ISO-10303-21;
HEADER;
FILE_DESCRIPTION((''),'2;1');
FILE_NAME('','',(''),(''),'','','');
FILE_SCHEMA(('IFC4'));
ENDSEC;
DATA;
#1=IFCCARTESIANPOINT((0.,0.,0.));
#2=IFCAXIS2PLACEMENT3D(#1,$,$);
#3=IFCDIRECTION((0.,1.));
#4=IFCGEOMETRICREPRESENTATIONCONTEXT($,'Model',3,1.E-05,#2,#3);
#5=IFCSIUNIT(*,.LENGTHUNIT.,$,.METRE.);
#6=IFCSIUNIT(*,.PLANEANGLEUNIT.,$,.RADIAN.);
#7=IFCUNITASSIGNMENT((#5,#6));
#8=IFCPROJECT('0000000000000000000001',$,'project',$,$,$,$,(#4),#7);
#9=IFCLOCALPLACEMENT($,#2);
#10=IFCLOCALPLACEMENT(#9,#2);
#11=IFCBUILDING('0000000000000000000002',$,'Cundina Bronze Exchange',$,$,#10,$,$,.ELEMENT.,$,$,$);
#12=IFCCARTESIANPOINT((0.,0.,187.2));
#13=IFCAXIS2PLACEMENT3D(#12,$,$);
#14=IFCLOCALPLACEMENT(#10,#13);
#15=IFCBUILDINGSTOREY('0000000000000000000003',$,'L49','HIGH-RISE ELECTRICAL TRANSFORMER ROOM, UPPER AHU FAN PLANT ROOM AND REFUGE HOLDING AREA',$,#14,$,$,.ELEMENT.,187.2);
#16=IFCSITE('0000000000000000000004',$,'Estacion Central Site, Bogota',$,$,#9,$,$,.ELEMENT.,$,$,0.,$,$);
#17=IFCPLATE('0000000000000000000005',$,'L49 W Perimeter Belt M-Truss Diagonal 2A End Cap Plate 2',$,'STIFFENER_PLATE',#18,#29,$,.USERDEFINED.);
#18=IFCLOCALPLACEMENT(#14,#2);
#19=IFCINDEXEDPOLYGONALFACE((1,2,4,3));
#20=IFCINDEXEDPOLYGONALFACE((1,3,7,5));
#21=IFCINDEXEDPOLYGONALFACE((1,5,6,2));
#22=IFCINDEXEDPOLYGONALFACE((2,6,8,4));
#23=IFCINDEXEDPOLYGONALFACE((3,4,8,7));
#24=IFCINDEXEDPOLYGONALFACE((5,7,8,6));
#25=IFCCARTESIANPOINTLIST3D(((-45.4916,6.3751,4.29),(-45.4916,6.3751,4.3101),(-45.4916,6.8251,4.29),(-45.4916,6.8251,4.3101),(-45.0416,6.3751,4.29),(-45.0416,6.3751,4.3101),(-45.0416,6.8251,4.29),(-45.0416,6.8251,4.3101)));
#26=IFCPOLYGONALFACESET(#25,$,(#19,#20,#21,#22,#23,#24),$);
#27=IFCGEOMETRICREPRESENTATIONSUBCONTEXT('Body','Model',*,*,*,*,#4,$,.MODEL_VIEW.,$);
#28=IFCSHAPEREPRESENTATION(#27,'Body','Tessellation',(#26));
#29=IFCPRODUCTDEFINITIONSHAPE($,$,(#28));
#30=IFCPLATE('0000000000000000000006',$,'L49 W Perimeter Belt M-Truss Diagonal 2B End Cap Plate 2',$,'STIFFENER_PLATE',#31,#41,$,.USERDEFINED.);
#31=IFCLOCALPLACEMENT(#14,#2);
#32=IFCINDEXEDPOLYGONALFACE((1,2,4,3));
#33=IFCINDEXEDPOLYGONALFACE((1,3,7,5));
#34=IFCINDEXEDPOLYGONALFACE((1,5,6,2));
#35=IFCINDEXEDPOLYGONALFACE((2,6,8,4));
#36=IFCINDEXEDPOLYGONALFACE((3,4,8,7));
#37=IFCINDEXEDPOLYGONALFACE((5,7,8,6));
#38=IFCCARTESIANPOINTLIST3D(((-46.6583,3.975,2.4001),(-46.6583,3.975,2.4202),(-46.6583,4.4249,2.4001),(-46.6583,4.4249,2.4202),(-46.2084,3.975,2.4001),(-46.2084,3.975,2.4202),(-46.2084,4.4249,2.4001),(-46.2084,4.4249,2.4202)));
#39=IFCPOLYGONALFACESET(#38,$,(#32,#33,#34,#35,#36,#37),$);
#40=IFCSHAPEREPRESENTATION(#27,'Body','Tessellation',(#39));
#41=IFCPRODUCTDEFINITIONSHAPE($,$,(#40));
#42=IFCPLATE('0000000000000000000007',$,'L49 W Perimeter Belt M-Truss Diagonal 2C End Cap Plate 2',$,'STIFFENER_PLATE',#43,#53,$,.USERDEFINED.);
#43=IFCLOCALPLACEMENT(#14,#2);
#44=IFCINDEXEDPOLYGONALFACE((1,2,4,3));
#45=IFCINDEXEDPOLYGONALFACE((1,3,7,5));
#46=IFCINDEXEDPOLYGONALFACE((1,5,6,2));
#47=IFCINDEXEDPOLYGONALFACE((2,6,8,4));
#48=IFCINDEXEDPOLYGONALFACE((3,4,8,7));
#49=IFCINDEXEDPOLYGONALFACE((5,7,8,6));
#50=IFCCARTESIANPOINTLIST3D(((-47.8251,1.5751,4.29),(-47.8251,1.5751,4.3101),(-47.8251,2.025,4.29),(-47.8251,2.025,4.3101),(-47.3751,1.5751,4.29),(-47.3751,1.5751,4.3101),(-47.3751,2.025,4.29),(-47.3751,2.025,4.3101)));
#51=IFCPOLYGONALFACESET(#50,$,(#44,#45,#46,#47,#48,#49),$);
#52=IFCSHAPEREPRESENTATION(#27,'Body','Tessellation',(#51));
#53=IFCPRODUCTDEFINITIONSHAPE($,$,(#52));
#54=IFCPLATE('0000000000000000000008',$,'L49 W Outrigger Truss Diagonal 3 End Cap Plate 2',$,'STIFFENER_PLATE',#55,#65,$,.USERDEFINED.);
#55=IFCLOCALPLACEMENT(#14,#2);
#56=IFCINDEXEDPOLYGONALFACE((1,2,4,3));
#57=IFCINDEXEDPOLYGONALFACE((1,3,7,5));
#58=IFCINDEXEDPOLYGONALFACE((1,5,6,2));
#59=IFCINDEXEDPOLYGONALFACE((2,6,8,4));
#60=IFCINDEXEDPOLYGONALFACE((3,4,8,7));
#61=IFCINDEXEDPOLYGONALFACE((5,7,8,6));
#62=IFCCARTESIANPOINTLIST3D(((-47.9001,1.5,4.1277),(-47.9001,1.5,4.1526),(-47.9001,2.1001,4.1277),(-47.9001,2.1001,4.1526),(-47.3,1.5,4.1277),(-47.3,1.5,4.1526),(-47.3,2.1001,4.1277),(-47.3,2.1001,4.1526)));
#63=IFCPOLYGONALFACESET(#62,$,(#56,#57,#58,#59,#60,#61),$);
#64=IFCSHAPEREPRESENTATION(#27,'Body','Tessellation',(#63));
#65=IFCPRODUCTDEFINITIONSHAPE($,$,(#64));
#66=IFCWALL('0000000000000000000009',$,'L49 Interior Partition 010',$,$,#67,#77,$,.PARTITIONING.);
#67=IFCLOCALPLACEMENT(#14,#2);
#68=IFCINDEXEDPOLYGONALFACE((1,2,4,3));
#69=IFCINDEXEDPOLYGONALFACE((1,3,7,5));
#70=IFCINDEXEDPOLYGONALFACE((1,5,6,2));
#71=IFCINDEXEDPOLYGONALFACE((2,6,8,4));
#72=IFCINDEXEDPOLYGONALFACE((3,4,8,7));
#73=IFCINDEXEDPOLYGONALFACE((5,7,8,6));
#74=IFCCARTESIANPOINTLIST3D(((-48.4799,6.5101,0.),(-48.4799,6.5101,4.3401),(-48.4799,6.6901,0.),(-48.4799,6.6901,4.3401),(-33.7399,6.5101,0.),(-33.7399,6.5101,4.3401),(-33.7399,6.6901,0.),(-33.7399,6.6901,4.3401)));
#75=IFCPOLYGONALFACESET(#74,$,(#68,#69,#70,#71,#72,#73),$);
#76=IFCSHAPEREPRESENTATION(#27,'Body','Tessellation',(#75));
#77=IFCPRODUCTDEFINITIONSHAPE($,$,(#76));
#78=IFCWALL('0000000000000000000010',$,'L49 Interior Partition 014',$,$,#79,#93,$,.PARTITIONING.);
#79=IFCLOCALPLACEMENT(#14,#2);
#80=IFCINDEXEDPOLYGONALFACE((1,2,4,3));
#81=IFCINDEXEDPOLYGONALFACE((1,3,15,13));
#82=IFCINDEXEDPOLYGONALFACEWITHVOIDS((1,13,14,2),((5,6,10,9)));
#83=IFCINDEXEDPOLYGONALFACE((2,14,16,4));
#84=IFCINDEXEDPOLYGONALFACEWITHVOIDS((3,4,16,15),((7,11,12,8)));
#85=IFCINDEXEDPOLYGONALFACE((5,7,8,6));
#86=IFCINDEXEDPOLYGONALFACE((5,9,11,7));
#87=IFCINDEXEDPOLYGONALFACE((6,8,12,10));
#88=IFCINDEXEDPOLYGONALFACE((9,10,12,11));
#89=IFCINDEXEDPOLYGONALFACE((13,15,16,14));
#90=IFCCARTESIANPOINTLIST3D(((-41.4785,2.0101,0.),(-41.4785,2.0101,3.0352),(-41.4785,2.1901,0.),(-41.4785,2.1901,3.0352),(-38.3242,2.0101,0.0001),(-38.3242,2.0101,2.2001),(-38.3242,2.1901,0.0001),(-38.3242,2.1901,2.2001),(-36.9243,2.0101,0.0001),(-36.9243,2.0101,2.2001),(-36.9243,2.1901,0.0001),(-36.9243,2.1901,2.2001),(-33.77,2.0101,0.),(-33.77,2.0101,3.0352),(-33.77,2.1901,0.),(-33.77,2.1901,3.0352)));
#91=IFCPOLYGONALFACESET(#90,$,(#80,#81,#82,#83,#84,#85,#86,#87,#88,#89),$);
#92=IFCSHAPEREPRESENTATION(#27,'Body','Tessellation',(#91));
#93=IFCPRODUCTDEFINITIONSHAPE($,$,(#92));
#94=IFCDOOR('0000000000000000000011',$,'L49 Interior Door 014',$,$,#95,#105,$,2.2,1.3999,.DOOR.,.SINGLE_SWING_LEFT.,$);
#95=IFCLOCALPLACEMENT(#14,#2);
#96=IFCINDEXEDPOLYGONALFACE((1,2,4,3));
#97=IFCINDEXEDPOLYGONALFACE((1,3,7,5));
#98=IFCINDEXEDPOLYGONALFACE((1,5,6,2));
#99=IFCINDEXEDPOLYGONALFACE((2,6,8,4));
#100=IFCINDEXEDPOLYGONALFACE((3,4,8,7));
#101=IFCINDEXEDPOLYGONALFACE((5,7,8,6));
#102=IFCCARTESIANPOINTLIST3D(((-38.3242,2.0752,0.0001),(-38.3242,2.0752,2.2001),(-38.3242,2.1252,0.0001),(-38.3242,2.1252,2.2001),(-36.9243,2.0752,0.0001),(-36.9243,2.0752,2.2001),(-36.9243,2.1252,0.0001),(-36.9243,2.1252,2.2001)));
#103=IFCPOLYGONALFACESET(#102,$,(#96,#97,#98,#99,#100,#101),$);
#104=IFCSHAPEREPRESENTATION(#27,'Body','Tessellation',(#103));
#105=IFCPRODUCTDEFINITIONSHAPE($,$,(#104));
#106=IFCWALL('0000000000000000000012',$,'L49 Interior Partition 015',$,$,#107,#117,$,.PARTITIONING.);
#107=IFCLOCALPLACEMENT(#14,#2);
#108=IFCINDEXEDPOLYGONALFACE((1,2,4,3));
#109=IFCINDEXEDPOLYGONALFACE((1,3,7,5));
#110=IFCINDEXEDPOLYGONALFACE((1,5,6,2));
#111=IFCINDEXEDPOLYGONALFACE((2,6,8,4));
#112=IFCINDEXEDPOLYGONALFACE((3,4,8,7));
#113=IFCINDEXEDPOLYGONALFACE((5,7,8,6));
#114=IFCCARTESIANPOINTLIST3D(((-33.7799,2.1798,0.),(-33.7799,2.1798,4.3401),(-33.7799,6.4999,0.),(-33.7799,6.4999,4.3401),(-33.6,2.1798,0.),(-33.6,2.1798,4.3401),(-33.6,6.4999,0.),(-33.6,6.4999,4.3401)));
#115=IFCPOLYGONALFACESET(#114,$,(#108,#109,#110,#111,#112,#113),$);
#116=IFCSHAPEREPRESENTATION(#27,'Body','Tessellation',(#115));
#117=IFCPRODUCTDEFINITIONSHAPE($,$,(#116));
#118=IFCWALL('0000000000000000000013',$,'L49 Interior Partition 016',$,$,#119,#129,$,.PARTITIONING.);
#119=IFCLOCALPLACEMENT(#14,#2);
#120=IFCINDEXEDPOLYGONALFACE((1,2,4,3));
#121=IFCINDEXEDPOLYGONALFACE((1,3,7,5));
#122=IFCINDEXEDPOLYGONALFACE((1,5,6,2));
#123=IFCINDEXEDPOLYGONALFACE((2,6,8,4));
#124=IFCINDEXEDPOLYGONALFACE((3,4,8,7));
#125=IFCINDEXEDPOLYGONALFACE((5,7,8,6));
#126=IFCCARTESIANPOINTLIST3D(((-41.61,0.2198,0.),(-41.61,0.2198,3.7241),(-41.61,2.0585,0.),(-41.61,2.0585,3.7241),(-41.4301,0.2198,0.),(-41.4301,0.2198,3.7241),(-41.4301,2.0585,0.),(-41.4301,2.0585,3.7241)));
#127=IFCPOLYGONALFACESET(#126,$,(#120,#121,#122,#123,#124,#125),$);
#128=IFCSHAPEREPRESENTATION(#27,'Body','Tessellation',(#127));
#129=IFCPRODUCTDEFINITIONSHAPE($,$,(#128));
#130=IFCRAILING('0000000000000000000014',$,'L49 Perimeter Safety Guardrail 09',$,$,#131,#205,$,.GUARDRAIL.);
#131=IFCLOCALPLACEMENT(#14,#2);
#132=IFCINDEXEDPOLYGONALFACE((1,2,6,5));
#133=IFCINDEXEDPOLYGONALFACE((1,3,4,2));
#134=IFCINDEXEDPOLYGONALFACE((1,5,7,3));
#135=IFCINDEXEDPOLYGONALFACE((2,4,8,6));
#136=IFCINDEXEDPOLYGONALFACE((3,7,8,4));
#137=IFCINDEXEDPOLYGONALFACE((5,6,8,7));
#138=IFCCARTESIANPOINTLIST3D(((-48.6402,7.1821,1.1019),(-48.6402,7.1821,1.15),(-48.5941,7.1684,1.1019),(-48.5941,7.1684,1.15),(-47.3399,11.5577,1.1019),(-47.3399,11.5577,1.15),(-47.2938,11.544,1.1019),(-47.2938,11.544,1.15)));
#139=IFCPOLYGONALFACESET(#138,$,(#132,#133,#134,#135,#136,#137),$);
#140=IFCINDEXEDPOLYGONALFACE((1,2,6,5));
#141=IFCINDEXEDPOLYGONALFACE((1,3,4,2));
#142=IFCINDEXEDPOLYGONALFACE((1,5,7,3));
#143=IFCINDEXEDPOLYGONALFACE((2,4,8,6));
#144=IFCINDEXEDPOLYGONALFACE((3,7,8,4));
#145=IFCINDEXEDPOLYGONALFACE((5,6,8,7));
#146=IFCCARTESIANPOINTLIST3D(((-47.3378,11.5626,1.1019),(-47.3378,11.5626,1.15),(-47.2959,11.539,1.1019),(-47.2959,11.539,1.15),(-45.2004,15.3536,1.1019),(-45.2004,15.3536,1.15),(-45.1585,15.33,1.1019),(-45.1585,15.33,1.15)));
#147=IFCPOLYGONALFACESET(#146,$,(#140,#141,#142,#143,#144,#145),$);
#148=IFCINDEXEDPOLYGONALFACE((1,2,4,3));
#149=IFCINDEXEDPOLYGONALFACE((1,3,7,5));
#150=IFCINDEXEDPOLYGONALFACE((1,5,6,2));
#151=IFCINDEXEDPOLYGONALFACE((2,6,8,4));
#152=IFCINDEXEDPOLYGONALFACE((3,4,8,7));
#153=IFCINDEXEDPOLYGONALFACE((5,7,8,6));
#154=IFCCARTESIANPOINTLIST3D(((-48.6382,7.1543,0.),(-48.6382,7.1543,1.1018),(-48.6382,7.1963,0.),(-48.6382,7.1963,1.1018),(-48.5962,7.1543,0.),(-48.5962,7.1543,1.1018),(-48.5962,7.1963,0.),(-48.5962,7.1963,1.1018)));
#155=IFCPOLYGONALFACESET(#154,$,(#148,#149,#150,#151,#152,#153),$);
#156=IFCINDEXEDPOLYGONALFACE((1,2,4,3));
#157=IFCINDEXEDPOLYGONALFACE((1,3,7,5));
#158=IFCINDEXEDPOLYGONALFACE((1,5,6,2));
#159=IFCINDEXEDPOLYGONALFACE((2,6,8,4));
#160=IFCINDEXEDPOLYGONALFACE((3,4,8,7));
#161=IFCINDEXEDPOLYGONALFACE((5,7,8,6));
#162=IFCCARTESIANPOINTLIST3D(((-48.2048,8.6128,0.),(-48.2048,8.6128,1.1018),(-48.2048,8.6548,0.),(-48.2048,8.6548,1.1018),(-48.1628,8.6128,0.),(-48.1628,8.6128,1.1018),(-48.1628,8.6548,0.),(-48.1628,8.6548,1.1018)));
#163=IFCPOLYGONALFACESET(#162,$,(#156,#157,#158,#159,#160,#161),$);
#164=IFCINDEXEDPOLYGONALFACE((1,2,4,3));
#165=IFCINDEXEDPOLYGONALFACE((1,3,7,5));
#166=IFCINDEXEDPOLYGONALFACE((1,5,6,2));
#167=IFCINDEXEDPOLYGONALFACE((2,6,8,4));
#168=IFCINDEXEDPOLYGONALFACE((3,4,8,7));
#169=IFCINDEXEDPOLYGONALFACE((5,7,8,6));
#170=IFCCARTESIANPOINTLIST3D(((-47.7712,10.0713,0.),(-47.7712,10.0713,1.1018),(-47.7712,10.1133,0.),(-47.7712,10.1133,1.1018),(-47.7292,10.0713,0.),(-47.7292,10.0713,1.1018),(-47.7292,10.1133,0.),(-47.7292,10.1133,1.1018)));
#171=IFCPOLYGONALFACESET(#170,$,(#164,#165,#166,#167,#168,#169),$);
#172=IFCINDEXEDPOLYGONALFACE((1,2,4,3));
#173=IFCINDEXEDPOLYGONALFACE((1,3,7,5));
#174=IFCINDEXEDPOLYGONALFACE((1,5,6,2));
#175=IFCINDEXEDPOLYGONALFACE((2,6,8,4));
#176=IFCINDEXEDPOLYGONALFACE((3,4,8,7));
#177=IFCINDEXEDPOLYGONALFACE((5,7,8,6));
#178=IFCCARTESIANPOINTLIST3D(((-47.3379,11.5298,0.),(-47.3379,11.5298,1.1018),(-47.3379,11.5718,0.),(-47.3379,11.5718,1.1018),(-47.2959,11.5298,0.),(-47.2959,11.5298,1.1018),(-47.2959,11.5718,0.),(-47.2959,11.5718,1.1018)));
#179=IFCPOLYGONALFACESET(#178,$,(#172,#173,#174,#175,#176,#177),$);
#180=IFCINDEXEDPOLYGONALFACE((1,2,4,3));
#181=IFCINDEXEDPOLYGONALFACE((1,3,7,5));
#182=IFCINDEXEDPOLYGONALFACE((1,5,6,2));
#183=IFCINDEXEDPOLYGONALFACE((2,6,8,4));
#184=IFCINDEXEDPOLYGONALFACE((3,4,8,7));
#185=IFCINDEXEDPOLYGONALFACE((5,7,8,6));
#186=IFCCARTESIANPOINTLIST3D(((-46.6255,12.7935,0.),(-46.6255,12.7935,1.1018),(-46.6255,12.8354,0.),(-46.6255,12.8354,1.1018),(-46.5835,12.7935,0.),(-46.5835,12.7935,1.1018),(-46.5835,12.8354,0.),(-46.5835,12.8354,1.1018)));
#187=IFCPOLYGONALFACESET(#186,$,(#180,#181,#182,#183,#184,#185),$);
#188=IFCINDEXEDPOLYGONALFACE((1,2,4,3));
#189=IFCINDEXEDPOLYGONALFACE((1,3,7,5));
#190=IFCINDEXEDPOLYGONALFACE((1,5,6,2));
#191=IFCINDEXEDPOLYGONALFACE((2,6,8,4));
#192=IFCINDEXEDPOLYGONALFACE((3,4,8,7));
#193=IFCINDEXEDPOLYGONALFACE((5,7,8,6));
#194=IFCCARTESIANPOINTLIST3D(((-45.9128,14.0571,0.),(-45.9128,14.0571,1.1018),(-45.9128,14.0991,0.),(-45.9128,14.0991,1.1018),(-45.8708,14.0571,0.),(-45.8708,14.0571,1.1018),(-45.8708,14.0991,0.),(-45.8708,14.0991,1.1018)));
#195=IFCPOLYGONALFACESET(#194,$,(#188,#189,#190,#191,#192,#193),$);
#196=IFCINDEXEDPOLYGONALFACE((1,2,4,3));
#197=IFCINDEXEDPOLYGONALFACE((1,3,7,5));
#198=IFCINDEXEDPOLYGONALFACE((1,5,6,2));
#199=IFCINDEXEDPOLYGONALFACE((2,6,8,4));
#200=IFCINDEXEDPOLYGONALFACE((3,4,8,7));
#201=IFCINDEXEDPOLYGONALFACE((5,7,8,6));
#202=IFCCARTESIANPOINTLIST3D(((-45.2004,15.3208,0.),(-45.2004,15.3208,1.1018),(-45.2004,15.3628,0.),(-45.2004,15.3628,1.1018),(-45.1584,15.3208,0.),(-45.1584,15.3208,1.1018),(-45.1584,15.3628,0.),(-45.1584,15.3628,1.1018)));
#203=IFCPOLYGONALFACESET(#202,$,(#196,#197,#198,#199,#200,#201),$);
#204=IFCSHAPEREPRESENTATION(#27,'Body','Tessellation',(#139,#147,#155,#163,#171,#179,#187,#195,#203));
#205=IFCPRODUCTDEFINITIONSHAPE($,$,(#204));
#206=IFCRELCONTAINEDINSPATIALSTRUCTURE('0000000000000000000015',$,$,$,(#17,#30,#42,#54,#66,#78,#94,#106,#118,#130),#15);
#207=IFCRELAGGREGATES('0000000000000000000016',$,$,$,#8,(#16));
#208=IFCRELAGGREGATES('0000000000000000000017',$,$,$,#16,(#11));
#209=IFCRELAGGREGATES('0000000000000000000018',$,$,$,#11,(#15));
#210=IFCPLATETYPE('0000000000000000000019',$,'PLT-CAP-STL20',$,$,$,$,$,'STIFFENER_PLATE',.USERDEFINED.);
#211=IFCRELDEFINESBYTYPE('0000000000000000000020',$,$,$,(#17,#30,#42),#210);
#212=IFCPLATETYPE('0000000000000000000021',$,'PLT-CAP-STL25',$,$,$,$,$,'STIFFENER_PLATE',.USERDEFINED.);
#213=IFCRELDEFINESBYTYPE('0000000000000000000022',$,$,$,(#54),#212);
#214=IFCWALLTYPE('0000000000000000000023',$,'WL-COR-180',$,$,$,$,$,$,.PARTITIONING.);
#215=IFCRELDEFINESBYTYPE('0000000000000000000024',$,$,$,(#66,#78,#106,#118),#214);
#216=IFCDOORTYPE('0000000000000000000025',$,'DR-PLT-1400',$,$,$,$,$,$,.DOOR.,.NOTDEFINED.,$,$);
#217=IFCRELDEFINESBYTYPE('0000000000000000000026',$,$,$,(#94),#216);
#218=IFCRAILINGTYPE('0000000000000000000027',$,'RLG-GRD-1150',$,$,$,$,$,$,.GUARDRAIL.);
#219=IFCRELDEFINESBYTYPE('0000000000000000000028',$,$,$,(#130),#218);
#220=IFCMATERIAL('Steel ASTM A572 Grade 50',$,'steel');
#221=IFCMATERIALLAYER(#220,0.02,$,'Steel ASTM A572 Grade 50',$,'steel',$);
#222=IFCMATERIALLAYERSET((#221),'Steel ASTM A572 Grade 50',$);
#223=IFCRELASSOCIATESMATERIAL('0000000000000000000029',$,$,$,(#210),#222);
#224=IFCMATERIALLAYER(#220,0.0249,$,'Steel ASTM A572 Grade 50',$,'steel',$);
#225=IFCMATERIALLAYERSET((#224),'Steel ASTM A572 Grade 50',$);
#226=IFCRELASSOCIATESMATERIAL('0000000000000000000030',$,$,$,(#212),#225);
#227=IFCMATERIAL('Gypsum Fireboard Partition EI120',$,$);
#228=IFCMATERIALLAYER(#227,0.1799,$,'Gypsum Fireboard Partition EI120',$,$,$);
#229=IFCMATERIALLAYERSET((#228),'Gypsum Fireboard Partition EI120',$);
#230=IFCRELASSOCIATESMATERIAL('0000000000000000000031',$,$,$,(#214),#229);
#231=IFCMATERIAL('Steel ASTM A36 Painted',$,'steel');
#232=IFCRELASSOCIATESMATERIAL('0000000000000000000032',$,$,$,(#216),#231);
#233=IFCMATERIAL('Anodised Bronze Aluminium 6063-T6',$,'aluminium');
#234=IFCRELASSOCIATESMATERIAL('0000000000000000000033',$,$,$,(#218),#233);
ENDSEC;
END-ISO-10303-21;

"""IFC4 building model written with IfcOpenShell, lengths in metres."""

from ifc_helpers import new_model, si_unit, direction, frame, frame_2d, origin, origin_2d, place, context, subcontext, project, spatial, rectangle, extrude, material, layer, layer_set, type_object, element, fill, save


model = new_model("IFC4")

# Units and contexts
model_context = context("Model", 3, precision=1e-05, world=origin(), true_north=direction((0.0, 1.0)))
body_context = subcontext(model_context, "Body", "Model", "MODEL_VIEW")
ifc_project = project(units=[si_unit("LENGTHUNIT", "METRE"), si_unit("PLANEANGLEUNIT", "RADIAN")], contexts=[model_context])

# Site, building, storey
site_placement = place(None, origin())
site = spatial("IfcSite", under=ifc_project, at=site_placement, Name="Estacion Central Site, Bogota", CompositionType="ELEMENT", RefElevation=0.0)
building_placement = place(site_placement, origin())
building = spatial("IfcBuilding", under=site, at=building_placement, Name="Cundina Bronze Exchange", CompositionType="ELEMENT")
storey_placement = place(building_placement, frame((0.0, 0.0, 187.2)))
storey = spatial("IfcBuildingStorey", under=building, at=storey_placement, Name="L49", Description="HIGH-RISE ELECTRICAL TRANSFORMER ROOM, UPPER AHU FAN PLANT ROOM AND REFUGE HOLDING AREA", CompositionType="ELEMENT", Elevation=187.2)

# Plates
ifc_material_1 = material(Name="Steel ASTM A572 Grade 50", Category="steel")
ifc_layer_1 = layer(ifc_material_1, 0.02, Name="Steel ASTM A572 Grade 50", Category="steel")
ifc_layer_set_1 = layer_set([ifc_layer_1], Name="Steel ASTM A572 Grade 50")
plate_type_1 = type_object("IfcPlateType", Name="PLT-CAP-STL20", ElementType="STIFFENER_PLATE", PredefinedType="USERDEFINED", material=ifc_layer_set_1)
for number, where, z_axis, x_axis, name in (
    (1, (-45.2666, 6.6001, 4.29), (0.0, 0.0, 1.0), (1.0, 0.0, 0.0), "L49 W Perimeter Belt M-Truss Diagonal 2A End Cap Plate 2"),
    (2, (-46.4333, 4.2, 2.4001), (0.0, 0.0, 1.0), (1.0, 0.0, 0.0), "L49 W Perimeter Belt M-Truss Diagonal 2B End Cap Plate 2"),
    (3, (-47.6001, 1.8, 4.29), (0.0, 0.0, 1.0), (1.0, 0.0, 0.0), "L49 W Perimeter Belt M-Truss Diagonal 2C End Cap Plate 2"),
):
    element("IfcPlate", number, at=place(storey_placement, frame(where, z_axis=z_axis, x_axis=x_axis)), inside=storey, type_object=plate_type_1, Name=name, ObjectType="STIFFENER_PLATE", PredefinedType="USERDEFINED", context=body_context, shape_type="SweptSolid", body=[
        extrude(rectangle(XDim=0.45, YDim=0.45, at=origin_2d()), origin(), (0.0, 0.0, 1.0), 0.02),
    ])
ifc_layer_2 = layer(ifc_material_1, 0.0249, Name="Steel ASTM A572 Grade 50", Category="steel")
ifc_layer_set_2 = layer_set([ifc_layer_2], Name="Steel ASTM A572 Grade 50")
plate_type_2 = type_object("IfcPlateType", Name="PLT-CAP-STL25", ElementType="STIFFENER_PLATE", PredefinedType="USERDEFINED", material=ifc_layer_set_2)
plate_placement = place(storey_placement, frame((-47.6001, 1.8, 4.1277), z_axis=(0.0, 0.0, 1.0), x_axis=(1.0, 0.0, 0.0)))
element("IfcPlate", 4, at=plate_placement, inside=storey, type_object=plate_type_2, Name="L49 W Outrigger Truss Diagonal 3 End Cap Plate 2", ObjectType="STIFFENER_PLATE", PredefinedType="USERDEFINED", context=body_context, shape_type="SweptSolid", body=[
    extrude(rectangle(XDim=0.6001, YDim=0.6001, at=origin_2d()), origin(), (0.0, 0.0, 1.0), 0.0249),
])

# Wall
ifc_material_2 = material(Name="Gypsum Fireboard Partition EI120")
ifc_layer_3 = layer(ifc_material_2, 0.1799, Name="Gypsum Fireboard Partition EI120")
ifc_layer_set_3 = layer_set([ifc_layer_3], Name="Gypsum Fireboard Partition EI120")
wall_type = type_object("IfcWallType", Name="WL-COR-180", PredefinedType="PARTITIONING", material=ifc_layer_set_3)
wall_1_placement = place(storey_placement, frame((-48.48, 6.6001, 0.0), z_axis=(0.0, 0.0, 1.0), x_axis=(1.0, 0.0, 0.0)))
element("IfcWall", 5, at=wall_1_placement, inside=storey, type_object=wall_type, Name="L49 Interior Partition 010", PredefinedType="PARTITIONING", context=body_context, shape_type="SweptSolid", body=[
    extrude(rectangle(XDim=14.74, YDim=0.1799, at=frame_2d((7.3701, 0.0))), origin(), (0.0, 0.0, 1.0), 4.3401),
])

# Wall, opening, door
wall_2_placement = place(storey_placement, frame((-33.77, 2.1001, 0.0), z_axis=(0.0, 0.0, 1.0), x_axis=(-1.0, 0.0, 0.0)))
wall_2 = element("IfcWall", 6, at=wall_2_placement, inside=storey, type_object=wall_type, Name="L49 Interior Partition 014", PredefinedType="PARTITIONING", context=body_context, shape_type="SweptSolid", body=[
    extrude(rectangle(XDim=7.7085, YDim=0.1799, at=frame_2d((3.8542, 0.0))), origin(), (0.0, 0.0, 1.0), 3.0352),
])
opening_placement = place(wall_2_placement, frame((3.1543, 0.0, 0.0)))
opening = element("IfcOpeningElement", 7, at=opening_placement, cuts=wall_2, PredefinedType="OPENING", context=body_context, shape_type="SweptSolid", body=[
    extrude(rectangle(XDim=1.3999, YDim=2.2, at=frame_2d((0.7, 1.1001))), frame((0.0, 0.0999, 0.0), z_axis=(0.0, -1.0, 0.0), x_axis=(1.0, 0.0, 0.0)), (0.0, 0.0, 1.0), 0.2),
])
ifc_material_3 = material(Name="Steel ASTM A36 Painted", Category="steel")
door_type = type_object("IfcDoorType", Name="DR-PLT-1400", OperationType="NOTDEFINED", PredefinedType="DOOR", material=ifc_material_3)
door_placement = place(opening_placement, origin())
door = element("IfcDoor", 8, at=door_placement, inside=storey, type_object=door_type, Name="L49 Interior Door 014", OperationType="SINGLE_SWING_LEFT", OverallHeight=2.2, OverallWidth=1.3999, PredefinedType="DOOR", context=body_context, shape_type="SweptSolid", body=[
    extrude(rectangle(XDim=1.3999, YDim=2.2, at=frame_2d((0.7, 1.1001))), frame((0.0, 0.0249, 0.0), z_axis=(0.0, -1.0, 0.0), x_axis=(1.0, 0.0, 0.0)), (0.0, 0.0, 1.0), 0.05),
])
fill(opening, door)

# Walls
wall_3_placement = place(storey_placement, frame((-33.6899, 6.5, 0.0), z_axis=(0.0, 0.0, 1.0), x_axis=(0.0, -1.0, 0.0)))
element("IfcWall", 9, at=wall_3_placement, inside=storey, type_object=wall_type, Name="L49 Interior Partition 015", PredefinedType="PARTITIONING", context=body_context, shape_type="SweptSolid", body=[
    extrude(rectangle(XDim=4.3201, YDim=0.1799, at=frame_2d((2.1602, 0.0))), origin(), (0.0, 0.0, 1.0), 4.3401),
])
wall_4_placement = place(storey_placement, frame((-41.52, 2.0586, 0.0), z_axis=(0.0, 0.0, 1.0), x_axis=(0.0, -1.0, 0.0)))
element("IfcWall", 10, at=wall_4_placement, inside=storey, type_object=wall_type, Name="L49 Interior Partition 016", PredefinedType="PARTITIONING", context=body_context, shape_type="SweptSolid", body=[
    extrude(rectangle(XDim=1.8386, YDim=0.1799, at=frame_2d((0.9194, 0.0))), origin(), (0.0, 0.0, 1.0), 3.7241),
])

# Railing
ifc_material_4 = material(Name="Anodised Bronze Aluminium 6063-T6", Category="aluminium")
railing_type = type_object("IfcRailingType", Name="RLG-GRD-1150", PredefinedType="GUARDRAIL", material=ifc_material_4)
railing_placement = place(storey_placement, frame((-48.6172, 7.1753, 0.0)))
element("IfcRailing", 11, at=railing_placement, inside=storey, type_object=railing_type, Name="L49 Perimeter Safety Guardrail 09", PredefinedType="GUARDRAIL", context=body_context, shape_type="SweptSolid", body=[
    extrude(rectangle(XDim=0.0481, YDim=0.0481, at=origin_2d()), frame((0.0, 0.0, 1.126), z_axis=(0.284864, 0.958568, 0.0), x_axis=(-0.958568, 0.284864, 0.0)), (0.0, 0.0, 1.0), 4.5647),
    extrude(rectangle(XDim=0.0481, YDim=0.0481, at=origin_2d()), frame((1.3003, 4.3755, 1.126), z_axis=(0.491135, 0.871084, 0.0), x_axis=(-0.871084, 0.491135, 0.0)), (0.0, 0.0, 1.0), 4.3521),
    extrude(rectangle(XDim=0.042, YDim=0.042, at=origin_2d()), origin(), (0.0, 0.0, 1.0), 1.1018),
    extrude(rectangle(XDim=0.042, YDim=0.042, at=origin_2d()), frame((0.4333, 1.4585, 0.0)), (0.0, 0.0, 1.0), 1.1018),
    extrude(rectangle(XDim=0.042, YDim=0.042, at=origin_2d()), frame((0.8669, 2.917, 0.0)), (0.0, 0.0, 1.0), 1.1018),
    extrude(rectangle(XDim=0.042, YDim=0.042, at=origin_2d()), frame((1.3003, 4.3755, 0.0)), (0.0, 0.0, 1.0), 1.1018),
    extrude(rectangle(XDim=0.042, YDim=0.042, at=origin_2d()), frame((2.0127, 5.6392, 0.0)), (0.0, 0.0, 1.0), 1.1018),
    extrude(rectangle(XDim=0.042, YDim=0.042, at=origin_2d()), frame((2.7253, 6.9028, 0.0)), (0.0, 0.0, 1.0), 1.1018),
    extrude(rectangle(XDim=0.042, YDim=0.042, at=origin_2d()), frame((3.4377, 8.1665, 0.0)), (0.0, 0.0, 1.0), 1.1018),
])

save(model, "model.ifc")
